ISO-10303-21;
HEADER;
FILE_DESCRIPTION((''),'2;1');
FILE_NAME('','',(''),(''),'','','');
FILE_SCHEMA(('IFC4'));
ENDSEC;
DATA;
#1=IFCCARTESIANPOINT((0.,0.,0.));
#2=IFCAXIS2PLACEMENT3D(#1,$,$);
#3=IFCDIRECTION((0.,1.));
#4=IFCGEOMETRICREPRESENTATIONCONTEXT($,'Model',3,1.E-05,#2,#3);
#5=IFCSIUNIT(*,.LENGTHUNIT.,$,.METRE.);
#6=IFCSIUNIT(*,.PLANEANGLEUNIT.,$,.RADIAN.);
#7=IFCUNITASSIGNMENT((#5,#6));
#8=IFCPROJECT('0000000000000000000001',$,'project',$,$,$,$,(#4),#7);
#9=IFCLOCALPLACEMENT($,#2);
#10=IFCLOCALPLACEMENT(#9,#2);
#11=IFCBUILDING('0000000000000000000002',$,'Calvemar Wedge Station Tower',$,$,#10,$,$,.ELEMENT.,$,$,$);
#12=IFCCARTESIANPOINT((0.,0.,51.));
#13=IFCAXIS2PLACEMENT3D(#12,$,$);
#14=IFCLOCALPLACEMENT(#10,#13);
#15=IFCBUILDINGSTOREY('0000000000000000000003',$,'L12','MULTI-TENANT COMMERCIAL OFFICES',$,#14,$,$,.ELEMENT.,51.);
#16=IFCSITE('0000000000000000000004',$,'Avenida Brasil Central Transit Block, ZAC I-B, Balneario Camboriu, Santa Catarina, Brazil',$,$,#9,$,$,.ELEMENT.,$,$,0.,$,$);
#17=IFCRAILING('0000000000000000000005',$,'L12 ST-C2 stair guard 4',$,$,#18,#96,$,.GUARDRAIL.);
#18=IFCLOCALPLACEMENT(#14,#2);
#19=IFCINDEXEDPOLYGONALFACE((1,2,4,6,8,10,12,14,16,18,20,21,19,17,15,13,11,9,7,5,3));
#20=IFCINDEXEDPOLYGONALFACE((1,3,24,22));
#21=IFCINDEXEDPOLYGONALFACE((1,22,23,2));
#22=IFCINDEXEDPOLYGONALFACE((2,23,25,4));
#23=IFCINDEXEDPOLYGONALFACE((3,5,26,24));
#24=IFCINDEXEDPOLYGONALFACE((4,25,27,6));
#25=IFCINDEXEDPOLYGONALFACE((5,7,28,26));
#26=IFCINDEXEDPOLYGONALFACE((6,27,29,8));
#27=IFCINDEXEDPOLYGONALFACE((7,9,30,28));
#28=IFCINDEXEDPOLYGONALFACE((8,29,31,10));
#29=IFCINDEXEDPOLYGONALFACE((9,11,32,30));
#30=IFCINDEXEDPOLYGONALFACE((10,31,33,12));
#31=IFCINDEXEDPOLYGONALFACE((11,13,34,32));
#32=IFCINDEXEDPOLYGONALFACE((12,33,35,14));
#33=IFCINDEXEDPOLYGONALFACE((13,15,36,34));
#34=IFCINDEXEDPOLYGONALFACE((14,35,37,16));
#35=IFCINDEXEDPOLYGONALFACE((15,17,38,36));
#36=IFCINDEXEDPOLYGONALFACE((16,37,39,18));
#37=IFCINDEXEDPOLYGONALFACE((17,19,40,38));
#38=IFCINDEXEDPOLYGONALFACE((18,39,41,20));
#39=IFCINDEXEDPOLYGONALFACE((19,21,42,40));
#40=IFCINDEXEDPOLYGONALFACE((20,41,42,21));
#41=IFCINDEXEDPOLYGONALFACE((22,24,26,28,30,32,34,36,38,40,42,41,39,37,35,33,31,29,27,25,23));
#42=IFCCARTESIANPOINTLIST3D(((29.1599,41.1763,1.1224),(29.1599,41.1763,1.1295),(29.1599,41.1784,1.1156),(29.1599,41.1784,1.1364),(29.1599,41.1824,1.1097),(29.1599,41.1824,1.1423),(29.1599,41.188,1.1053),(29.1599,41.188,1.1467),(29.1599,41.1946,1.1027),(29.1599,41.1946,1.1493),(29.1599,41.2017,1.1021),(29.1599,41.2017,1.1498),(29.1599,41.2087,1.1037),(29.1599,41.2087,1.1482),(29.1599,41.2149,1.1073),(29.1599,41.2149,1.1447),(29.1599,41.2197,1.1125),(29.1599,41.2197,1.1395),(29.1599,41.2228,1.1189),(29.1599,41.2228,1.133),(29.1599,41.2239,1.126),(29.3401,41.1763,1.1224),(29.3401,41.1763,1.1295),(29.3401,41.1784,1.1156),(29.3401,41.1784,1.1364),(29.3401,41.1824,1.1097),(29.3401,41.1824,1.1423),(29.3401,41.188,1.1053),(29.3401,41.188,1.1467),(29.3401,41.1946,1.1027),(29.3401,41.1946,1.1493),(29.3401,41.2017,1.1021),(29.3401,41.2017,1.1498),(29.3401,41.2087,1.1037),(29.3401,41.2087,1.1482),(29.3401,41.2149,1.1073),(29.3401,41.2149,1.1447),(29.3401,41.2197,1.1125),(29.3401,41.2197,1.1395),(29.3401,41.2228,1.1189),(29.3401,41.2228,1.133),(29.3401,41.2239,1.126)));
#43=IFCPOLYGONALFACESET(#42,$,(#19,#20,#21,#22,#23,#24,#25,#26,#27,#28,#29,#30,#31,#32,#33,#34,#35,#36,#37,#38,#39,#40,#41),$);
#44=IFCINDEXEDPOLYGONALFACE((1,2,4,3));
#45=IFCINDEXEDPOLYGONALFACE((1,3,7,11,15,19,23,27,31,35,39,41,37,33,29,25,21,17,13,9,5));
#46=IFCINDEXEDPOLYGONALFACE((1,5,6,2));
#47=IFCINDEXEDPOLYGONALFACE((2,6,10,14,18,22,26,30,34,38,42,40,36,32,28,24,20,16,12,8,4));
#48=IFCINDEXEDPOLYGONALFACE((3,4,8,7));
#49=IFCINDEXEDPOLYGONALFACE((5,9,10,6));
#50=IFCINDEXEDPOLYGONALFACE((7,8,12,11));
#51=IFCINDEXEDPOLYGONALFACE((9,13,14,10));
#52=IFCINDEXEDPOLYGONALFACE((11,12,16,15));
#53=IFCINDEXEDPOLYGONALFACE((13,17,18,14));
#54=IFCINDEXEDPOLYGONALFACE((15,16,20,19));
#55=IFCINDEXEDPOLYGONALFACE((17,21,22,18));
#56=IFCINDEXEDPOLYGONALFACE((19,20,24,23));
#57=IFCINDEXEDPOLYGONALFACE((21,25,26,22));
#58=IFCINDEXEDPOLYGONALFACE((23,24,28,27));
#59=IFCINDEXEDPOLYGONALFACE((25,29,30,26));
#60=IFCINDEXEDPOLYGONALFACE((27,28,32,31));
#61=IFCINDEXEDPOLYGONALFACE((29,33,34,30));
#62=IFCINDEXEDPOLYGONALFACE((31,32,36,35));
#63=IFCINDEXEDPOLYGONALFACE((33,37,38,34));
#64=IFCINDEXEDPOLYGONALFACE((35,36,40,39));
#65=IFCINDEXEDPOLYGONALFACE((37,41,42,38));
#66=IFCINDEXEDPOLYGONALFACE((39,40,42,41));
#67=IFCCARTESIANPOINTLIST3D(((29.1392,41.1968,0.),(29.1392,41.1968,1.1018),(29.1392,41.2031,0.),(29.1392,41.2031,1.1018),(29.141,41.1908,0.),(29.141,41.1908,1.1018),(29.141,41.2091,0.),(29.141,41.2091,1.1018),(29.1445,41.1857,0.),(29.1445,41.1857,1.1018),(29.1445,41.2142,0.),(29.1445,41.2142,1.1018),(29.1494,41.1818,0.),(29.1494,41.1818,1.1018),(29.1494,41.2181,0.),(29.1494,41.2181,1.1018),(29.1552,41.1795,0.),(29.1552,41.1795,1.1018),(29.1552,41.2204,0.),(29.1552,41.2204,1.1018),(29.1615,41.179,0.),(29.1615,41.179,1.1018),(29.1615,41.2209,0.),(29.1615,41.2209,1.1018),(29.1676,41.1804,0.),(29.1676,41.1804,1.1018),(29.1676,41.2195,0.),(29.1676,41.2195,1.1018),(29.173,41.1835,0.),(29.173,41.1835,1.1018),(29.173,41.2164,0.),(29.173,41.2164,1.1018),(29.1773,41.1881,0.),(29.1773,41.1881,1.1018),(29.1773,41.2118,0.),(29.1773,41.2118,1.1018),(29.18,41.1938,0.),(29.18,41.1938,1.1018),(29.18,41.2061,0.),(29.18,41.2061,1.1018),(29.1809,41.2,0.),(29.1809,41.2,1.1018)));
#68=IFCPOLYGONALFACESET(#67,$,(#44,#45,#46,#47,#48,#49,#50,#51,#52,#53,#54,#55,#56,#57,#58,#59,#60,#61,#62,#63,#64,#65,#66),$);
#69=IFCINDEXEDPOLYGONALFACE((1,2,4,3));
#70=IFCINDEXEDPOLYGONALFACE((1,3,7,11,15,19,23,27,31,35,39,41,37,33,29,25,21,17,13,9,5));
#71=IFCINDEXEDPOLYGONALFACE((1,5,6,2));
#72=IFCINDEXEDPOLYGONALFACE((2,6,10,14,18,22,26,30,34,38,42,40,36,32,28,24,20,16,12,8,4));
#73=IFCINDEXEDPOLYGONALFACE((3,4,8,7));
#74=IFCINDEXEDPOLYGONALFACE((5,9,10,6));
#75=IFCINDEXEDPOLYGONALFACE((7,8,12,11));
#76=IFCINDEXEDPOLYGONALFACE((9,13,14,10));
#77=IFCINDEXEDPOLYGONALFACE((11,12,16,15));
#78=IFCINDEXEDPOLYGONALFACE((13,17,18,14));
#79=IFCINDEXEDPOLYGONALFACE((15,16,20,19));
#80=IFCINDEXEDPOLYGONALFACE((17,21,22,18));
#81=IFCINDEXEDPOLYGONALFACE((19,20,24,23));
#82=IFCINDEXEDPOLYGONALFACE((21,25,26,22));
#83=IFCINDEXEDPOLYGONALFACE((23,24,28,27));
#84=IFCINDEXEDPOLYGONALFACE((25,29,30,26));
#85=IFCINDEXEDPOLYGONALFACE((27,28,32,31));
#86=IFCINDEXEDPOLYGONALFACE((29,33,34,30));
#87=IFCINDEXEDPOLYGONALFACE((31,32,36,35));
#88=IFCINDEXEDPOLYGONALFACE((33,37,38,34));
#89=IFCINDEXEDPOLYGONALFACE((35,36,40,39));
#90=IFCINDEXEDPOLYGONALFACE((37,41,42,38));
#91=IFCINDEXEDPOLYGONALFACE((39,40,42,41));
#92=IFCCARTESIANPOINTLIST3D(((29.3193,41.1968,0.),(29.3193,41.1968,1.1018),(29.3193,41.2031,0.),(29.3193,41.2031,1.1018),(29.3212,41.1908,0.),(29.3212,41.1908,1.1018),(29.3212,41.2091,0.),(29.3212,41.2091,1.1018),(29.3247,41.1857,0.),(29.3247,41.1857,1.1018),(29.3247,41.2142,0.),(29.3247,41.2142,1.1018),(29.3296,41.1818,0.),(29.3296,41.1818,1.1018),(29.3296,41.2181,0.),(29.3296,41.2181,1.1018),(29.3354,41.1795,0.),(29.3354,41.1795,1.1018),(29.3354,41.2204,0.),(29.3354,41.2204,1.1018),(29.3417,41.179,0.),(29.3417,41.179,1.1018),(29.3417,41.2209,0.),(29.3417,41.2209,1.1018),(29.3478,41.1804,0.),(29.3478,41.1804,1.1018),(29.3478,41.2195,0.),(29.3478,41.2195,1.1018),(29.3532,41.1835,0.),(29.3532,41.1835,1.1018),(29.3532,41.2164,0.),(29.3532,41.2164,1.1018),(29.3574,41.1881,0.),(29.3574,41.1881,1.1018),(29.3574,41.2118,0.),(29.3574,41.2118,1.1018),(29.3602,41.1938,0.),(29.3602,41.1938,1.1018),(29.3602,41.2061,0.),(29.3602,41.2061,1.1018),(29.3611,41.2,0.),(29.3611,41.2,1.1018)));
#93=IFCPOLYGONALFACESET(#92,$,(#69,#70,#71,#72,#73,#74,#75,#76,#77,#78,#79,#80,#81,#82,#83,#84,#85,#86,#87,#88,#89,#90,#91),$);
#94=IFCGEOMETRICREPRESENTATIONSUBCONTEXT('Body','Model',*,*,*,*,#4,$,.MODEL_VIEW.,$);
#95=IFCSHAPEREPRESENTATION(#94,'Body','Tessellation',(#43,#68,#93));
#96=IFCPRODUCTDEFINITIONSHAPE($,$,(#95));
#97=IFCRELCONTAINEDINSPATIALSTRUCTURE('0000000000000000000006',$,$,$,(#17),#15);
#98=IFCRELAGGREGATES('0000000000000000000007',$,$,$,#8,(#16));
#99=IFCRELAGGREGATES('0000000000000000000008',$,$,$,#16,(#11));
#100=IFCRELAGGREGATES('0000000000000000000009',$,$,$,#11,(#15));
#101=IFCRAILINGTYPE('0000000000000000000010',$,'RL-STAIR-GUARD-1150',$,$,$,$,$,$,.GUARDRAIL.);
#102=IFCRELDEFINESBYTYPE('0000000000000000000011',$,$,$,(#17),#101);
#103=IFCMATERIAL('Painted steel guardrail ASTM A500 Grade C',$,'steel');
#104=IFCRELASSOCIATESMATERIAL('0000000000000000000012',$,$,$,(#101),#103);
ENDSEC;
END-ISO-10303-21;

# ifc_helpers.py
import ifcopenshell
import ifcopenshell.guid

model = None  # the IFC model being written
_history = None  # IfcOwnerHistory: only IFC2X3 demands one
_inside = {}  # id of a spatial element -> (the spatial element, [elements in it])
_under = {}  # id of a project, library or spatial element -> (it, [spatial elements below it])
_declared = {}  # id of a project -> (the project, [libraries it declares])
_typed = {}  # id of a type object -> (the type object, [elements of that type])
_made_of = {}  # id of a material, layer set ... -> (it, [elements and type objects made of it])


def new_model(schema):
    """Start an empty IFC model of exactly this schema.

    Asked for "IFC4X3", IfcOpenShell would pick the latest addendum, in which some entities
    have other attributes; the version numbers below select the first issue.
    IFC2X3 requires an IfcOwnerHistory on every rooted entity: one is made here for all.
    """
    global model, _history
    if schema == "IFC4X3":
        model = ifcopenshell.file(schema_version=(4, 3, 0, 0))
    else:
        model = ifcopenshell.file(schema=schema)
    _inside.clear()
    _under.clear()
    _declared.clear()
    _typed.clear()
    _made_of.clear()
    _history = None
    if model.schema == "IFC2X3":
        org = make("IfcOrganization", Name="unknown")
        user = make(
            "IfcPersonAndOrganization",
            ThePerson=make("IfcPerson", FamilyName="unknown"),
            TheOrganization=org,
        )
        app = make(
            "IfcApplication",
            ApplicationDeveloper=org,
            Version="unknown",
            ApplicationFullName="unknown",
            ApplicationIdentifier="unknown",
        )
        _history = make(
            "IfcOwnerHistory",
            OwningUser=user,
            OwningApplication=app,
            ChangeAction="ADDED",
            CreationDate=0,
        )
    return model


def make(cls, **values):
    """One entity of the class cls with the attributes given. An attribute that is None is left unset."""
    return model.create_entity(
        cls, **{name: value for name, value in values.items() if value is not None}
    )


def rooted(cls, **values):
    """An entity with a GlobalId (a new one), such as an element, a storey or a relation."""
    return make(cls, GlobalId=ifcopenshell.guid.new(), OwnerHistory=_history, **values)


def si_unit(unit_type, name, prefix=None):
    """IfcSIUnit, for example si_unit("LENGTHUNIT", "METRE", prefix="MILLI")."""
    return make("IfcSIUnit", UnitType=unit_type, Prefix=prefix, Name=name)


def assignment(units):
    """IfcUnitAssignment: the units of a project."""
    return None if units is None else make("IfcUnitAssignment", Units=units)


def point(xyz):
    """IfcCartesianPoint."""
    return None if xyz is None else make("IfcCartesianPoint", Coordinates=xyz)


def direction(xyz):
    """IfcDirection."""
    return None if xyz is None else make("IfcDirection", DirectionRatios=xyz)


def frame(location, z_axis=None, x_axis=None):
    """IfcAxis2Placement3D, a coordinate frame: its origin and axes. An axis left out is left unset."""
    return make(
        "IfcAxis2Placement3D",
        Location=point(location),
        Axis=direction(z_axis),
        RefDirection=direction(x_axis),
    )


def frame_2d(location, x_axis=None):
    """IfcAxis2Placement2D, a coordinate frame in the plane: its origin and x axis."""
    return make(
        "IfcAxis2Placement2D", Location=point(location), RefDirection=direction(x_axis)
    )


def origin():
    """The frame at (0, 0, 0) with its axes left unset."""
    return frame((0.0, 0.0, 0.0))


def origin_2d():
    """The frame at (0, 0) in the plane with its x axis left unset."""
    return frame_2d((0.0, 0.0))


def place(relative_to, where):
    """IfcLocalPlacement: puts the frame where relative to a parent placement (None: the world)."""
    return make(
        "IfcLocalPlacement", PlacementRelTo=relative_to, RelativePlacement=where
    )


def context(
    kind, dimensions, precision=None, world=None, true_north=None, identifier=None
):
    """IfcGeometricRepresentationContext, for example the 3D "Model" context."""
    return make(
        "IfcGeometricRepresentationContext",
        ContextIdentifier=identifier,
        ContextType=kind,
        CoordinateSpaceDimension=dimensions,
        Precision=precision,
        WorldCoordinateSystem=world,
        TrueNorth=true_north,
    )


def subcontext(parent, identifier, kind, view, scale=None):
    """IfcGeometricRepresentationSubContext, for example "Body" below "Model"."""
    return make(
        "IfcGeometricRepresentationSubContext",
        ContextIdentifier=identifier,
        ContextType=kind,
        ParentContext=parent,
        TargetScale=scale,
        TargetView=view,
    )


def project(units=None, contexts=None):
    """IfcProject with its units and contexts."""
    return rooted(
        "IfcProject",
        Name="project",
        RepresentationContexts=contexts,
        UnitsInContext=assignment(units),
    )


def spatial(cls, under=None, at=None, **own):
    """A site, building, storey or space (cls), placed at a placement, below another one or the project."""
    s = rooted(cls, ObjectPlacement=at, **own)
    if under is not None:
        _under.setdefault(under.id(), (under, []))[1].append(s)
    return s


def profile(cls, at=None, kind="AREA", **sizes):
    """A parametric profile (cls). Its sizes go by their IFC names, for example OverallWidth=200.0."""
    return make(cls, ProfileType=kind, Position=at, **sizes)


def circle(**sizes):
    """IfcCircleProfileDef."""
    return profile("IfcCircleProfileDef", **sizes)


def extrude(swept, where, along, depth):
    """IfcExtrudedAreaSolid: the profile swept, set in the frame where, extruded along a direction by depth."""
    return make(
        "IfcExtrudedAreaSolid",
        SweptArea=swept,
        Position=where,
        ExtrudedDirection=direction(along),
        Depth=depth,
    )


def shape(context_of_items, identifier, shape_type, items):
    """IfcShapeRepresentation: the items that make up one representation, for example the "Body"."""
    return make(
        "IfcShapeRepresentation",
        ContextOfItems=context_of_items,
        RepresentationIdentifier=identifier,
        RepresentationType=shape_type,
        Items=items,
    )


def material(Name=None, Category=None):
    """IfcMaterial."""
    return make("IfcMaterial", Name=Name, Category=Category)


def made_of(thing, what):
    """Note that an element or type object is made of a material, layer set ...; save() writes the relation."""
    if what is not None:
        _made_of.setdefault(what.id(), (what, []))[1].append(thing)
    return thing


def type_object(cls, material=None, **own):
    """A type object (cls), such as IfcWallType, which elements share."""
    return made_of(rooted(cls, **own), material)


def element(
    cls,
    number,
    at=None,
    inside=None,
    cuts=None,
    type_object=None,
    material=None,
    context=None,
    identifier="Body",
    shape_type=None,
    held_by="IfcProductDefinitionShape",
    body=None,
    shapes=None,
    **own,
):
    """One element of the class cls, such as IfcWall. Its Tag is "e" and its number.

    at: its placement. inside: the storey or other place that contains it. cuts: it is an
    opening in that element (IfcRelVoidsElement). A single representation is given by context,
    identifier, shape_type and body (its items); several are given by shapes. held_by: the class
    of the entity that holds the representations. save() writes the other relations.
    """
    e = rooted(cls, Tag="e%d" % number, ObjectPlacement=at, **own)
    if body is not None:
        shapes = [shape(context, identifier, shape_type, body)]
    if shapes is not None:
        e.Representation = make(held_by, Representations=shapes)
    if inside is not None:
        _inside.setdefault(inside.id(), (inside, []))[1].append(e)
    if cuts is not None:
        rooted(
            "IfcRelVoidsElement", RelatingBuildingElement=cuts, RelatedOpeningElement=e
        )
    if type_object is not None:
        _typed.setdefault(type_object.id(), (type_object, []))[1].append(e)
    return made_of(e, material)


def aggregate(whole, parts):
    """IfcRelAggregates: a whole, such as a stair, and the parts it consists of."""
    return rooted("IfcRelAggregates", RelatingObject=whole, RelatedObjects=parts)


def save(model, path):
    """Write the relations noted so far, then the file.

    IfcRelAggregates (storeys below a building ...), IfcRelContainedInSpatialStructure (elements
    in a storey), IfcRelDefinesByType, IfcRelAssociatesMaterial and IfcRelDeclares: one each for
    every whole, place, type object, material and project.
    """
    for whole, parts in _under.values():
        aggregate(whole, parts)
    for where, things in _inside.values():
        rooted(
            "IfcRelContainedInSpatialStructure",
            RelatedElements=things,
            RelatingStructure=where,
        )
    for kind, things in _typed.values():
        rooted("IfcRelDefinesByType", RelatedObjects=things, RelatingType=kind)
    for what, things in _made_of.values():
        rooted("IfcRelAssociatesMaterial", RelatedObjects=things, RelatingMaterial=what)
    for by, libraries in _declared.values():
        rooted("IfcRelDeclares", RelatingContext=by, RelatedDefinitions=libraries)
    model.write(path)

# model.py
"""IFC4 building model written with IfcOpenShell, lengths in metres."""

from ifc_helpers import new_model, si_unit, direction, frame, origin, origin_2d, place, context, subcontext, project, spatial, circle, extrude, material, type_object, element, save


model = new_model("IFC4")

# Units and contexts
model_context = context("Model", 3, precision=1e-05, world=origin(), true_north=direction((0.0, 1.0)))
body_context = subcontext(model_context, "Body", "Model", "MODEL_VIEW")
ifc_project = project(units=[si_unit("LENGTHUNIT", "METRE"), si_unit("PLANEANGLEUNIT", "RADIAN")], contexts=[model_context])

# Site, building, storey
site_placement = place(None, origin())
site = spatial("IfcSite", under=ifc_project, at=site_placement, Name="Avenida Brasil Central Transit Block, ZAC I-B, Balneario Camboriu, Santa Catarina, Brazil", CompositionType="ELEMENT", RefElevation=0.0)
building_placement = place(site_placement, origin())
building = spatial("IfcBuilding", under=site, at=building_placement, Name="Calvemar Wedge Station Tower", CompositionType="ELEMENT")
storey_placement = place(building_placement, frame((0.0, 0.0, 51.0)))
storey = spatial("IfcBuildingStorey", under=building, at=storey_placement, Name="L12", Description="MULTI-TENANT COMMERCIAL OFFICES", CompositionType="ELEMENT", Elevation=51.0)

# Railing
ifc_material_1 = material(Name="Painted steel guardrail ASTM A500 Grade C", Category="steel")
railing_type_1 = type_object("IfcRailingType", Name="RL-STAIR-GUARD-1150", PredefinedType="GUARDRAIL", material=ifc_material_1)
railing_1_placement = place(storey_placement, frame((29.1599, 41.2, 0.0)))
element("IfcRailing", 1, at=railing_1_placement, inside=storey, type_object=railing_type_1, Name="L12 ST-C2 stair guard 4", PredefinedType="GUARDRAIL", context=body_context, shape_type="SweptSolid", body=[
    extrude(circle(Radius=0.0239, at=origin_2d()), frame((0.0, 0.0, 1.126), z_axis=(1.0, 0.0, 0.0), x_axis=(0.0, 1.0, 0.0)), (0.0, 0.0, 1.0), 0.1802),
    extrude(circle(Radius=0.021, at=origin_2d()), origin(), (0.0, 0.0, 1.0), 1.1018),
    extrude(circle(Radius=0.021, at=origin_2d()), frame((0.1802, 0.0, 0.0)), (0.0, 0.0, 1.0), 1.1018),
])

save(model, "model.ifc")
